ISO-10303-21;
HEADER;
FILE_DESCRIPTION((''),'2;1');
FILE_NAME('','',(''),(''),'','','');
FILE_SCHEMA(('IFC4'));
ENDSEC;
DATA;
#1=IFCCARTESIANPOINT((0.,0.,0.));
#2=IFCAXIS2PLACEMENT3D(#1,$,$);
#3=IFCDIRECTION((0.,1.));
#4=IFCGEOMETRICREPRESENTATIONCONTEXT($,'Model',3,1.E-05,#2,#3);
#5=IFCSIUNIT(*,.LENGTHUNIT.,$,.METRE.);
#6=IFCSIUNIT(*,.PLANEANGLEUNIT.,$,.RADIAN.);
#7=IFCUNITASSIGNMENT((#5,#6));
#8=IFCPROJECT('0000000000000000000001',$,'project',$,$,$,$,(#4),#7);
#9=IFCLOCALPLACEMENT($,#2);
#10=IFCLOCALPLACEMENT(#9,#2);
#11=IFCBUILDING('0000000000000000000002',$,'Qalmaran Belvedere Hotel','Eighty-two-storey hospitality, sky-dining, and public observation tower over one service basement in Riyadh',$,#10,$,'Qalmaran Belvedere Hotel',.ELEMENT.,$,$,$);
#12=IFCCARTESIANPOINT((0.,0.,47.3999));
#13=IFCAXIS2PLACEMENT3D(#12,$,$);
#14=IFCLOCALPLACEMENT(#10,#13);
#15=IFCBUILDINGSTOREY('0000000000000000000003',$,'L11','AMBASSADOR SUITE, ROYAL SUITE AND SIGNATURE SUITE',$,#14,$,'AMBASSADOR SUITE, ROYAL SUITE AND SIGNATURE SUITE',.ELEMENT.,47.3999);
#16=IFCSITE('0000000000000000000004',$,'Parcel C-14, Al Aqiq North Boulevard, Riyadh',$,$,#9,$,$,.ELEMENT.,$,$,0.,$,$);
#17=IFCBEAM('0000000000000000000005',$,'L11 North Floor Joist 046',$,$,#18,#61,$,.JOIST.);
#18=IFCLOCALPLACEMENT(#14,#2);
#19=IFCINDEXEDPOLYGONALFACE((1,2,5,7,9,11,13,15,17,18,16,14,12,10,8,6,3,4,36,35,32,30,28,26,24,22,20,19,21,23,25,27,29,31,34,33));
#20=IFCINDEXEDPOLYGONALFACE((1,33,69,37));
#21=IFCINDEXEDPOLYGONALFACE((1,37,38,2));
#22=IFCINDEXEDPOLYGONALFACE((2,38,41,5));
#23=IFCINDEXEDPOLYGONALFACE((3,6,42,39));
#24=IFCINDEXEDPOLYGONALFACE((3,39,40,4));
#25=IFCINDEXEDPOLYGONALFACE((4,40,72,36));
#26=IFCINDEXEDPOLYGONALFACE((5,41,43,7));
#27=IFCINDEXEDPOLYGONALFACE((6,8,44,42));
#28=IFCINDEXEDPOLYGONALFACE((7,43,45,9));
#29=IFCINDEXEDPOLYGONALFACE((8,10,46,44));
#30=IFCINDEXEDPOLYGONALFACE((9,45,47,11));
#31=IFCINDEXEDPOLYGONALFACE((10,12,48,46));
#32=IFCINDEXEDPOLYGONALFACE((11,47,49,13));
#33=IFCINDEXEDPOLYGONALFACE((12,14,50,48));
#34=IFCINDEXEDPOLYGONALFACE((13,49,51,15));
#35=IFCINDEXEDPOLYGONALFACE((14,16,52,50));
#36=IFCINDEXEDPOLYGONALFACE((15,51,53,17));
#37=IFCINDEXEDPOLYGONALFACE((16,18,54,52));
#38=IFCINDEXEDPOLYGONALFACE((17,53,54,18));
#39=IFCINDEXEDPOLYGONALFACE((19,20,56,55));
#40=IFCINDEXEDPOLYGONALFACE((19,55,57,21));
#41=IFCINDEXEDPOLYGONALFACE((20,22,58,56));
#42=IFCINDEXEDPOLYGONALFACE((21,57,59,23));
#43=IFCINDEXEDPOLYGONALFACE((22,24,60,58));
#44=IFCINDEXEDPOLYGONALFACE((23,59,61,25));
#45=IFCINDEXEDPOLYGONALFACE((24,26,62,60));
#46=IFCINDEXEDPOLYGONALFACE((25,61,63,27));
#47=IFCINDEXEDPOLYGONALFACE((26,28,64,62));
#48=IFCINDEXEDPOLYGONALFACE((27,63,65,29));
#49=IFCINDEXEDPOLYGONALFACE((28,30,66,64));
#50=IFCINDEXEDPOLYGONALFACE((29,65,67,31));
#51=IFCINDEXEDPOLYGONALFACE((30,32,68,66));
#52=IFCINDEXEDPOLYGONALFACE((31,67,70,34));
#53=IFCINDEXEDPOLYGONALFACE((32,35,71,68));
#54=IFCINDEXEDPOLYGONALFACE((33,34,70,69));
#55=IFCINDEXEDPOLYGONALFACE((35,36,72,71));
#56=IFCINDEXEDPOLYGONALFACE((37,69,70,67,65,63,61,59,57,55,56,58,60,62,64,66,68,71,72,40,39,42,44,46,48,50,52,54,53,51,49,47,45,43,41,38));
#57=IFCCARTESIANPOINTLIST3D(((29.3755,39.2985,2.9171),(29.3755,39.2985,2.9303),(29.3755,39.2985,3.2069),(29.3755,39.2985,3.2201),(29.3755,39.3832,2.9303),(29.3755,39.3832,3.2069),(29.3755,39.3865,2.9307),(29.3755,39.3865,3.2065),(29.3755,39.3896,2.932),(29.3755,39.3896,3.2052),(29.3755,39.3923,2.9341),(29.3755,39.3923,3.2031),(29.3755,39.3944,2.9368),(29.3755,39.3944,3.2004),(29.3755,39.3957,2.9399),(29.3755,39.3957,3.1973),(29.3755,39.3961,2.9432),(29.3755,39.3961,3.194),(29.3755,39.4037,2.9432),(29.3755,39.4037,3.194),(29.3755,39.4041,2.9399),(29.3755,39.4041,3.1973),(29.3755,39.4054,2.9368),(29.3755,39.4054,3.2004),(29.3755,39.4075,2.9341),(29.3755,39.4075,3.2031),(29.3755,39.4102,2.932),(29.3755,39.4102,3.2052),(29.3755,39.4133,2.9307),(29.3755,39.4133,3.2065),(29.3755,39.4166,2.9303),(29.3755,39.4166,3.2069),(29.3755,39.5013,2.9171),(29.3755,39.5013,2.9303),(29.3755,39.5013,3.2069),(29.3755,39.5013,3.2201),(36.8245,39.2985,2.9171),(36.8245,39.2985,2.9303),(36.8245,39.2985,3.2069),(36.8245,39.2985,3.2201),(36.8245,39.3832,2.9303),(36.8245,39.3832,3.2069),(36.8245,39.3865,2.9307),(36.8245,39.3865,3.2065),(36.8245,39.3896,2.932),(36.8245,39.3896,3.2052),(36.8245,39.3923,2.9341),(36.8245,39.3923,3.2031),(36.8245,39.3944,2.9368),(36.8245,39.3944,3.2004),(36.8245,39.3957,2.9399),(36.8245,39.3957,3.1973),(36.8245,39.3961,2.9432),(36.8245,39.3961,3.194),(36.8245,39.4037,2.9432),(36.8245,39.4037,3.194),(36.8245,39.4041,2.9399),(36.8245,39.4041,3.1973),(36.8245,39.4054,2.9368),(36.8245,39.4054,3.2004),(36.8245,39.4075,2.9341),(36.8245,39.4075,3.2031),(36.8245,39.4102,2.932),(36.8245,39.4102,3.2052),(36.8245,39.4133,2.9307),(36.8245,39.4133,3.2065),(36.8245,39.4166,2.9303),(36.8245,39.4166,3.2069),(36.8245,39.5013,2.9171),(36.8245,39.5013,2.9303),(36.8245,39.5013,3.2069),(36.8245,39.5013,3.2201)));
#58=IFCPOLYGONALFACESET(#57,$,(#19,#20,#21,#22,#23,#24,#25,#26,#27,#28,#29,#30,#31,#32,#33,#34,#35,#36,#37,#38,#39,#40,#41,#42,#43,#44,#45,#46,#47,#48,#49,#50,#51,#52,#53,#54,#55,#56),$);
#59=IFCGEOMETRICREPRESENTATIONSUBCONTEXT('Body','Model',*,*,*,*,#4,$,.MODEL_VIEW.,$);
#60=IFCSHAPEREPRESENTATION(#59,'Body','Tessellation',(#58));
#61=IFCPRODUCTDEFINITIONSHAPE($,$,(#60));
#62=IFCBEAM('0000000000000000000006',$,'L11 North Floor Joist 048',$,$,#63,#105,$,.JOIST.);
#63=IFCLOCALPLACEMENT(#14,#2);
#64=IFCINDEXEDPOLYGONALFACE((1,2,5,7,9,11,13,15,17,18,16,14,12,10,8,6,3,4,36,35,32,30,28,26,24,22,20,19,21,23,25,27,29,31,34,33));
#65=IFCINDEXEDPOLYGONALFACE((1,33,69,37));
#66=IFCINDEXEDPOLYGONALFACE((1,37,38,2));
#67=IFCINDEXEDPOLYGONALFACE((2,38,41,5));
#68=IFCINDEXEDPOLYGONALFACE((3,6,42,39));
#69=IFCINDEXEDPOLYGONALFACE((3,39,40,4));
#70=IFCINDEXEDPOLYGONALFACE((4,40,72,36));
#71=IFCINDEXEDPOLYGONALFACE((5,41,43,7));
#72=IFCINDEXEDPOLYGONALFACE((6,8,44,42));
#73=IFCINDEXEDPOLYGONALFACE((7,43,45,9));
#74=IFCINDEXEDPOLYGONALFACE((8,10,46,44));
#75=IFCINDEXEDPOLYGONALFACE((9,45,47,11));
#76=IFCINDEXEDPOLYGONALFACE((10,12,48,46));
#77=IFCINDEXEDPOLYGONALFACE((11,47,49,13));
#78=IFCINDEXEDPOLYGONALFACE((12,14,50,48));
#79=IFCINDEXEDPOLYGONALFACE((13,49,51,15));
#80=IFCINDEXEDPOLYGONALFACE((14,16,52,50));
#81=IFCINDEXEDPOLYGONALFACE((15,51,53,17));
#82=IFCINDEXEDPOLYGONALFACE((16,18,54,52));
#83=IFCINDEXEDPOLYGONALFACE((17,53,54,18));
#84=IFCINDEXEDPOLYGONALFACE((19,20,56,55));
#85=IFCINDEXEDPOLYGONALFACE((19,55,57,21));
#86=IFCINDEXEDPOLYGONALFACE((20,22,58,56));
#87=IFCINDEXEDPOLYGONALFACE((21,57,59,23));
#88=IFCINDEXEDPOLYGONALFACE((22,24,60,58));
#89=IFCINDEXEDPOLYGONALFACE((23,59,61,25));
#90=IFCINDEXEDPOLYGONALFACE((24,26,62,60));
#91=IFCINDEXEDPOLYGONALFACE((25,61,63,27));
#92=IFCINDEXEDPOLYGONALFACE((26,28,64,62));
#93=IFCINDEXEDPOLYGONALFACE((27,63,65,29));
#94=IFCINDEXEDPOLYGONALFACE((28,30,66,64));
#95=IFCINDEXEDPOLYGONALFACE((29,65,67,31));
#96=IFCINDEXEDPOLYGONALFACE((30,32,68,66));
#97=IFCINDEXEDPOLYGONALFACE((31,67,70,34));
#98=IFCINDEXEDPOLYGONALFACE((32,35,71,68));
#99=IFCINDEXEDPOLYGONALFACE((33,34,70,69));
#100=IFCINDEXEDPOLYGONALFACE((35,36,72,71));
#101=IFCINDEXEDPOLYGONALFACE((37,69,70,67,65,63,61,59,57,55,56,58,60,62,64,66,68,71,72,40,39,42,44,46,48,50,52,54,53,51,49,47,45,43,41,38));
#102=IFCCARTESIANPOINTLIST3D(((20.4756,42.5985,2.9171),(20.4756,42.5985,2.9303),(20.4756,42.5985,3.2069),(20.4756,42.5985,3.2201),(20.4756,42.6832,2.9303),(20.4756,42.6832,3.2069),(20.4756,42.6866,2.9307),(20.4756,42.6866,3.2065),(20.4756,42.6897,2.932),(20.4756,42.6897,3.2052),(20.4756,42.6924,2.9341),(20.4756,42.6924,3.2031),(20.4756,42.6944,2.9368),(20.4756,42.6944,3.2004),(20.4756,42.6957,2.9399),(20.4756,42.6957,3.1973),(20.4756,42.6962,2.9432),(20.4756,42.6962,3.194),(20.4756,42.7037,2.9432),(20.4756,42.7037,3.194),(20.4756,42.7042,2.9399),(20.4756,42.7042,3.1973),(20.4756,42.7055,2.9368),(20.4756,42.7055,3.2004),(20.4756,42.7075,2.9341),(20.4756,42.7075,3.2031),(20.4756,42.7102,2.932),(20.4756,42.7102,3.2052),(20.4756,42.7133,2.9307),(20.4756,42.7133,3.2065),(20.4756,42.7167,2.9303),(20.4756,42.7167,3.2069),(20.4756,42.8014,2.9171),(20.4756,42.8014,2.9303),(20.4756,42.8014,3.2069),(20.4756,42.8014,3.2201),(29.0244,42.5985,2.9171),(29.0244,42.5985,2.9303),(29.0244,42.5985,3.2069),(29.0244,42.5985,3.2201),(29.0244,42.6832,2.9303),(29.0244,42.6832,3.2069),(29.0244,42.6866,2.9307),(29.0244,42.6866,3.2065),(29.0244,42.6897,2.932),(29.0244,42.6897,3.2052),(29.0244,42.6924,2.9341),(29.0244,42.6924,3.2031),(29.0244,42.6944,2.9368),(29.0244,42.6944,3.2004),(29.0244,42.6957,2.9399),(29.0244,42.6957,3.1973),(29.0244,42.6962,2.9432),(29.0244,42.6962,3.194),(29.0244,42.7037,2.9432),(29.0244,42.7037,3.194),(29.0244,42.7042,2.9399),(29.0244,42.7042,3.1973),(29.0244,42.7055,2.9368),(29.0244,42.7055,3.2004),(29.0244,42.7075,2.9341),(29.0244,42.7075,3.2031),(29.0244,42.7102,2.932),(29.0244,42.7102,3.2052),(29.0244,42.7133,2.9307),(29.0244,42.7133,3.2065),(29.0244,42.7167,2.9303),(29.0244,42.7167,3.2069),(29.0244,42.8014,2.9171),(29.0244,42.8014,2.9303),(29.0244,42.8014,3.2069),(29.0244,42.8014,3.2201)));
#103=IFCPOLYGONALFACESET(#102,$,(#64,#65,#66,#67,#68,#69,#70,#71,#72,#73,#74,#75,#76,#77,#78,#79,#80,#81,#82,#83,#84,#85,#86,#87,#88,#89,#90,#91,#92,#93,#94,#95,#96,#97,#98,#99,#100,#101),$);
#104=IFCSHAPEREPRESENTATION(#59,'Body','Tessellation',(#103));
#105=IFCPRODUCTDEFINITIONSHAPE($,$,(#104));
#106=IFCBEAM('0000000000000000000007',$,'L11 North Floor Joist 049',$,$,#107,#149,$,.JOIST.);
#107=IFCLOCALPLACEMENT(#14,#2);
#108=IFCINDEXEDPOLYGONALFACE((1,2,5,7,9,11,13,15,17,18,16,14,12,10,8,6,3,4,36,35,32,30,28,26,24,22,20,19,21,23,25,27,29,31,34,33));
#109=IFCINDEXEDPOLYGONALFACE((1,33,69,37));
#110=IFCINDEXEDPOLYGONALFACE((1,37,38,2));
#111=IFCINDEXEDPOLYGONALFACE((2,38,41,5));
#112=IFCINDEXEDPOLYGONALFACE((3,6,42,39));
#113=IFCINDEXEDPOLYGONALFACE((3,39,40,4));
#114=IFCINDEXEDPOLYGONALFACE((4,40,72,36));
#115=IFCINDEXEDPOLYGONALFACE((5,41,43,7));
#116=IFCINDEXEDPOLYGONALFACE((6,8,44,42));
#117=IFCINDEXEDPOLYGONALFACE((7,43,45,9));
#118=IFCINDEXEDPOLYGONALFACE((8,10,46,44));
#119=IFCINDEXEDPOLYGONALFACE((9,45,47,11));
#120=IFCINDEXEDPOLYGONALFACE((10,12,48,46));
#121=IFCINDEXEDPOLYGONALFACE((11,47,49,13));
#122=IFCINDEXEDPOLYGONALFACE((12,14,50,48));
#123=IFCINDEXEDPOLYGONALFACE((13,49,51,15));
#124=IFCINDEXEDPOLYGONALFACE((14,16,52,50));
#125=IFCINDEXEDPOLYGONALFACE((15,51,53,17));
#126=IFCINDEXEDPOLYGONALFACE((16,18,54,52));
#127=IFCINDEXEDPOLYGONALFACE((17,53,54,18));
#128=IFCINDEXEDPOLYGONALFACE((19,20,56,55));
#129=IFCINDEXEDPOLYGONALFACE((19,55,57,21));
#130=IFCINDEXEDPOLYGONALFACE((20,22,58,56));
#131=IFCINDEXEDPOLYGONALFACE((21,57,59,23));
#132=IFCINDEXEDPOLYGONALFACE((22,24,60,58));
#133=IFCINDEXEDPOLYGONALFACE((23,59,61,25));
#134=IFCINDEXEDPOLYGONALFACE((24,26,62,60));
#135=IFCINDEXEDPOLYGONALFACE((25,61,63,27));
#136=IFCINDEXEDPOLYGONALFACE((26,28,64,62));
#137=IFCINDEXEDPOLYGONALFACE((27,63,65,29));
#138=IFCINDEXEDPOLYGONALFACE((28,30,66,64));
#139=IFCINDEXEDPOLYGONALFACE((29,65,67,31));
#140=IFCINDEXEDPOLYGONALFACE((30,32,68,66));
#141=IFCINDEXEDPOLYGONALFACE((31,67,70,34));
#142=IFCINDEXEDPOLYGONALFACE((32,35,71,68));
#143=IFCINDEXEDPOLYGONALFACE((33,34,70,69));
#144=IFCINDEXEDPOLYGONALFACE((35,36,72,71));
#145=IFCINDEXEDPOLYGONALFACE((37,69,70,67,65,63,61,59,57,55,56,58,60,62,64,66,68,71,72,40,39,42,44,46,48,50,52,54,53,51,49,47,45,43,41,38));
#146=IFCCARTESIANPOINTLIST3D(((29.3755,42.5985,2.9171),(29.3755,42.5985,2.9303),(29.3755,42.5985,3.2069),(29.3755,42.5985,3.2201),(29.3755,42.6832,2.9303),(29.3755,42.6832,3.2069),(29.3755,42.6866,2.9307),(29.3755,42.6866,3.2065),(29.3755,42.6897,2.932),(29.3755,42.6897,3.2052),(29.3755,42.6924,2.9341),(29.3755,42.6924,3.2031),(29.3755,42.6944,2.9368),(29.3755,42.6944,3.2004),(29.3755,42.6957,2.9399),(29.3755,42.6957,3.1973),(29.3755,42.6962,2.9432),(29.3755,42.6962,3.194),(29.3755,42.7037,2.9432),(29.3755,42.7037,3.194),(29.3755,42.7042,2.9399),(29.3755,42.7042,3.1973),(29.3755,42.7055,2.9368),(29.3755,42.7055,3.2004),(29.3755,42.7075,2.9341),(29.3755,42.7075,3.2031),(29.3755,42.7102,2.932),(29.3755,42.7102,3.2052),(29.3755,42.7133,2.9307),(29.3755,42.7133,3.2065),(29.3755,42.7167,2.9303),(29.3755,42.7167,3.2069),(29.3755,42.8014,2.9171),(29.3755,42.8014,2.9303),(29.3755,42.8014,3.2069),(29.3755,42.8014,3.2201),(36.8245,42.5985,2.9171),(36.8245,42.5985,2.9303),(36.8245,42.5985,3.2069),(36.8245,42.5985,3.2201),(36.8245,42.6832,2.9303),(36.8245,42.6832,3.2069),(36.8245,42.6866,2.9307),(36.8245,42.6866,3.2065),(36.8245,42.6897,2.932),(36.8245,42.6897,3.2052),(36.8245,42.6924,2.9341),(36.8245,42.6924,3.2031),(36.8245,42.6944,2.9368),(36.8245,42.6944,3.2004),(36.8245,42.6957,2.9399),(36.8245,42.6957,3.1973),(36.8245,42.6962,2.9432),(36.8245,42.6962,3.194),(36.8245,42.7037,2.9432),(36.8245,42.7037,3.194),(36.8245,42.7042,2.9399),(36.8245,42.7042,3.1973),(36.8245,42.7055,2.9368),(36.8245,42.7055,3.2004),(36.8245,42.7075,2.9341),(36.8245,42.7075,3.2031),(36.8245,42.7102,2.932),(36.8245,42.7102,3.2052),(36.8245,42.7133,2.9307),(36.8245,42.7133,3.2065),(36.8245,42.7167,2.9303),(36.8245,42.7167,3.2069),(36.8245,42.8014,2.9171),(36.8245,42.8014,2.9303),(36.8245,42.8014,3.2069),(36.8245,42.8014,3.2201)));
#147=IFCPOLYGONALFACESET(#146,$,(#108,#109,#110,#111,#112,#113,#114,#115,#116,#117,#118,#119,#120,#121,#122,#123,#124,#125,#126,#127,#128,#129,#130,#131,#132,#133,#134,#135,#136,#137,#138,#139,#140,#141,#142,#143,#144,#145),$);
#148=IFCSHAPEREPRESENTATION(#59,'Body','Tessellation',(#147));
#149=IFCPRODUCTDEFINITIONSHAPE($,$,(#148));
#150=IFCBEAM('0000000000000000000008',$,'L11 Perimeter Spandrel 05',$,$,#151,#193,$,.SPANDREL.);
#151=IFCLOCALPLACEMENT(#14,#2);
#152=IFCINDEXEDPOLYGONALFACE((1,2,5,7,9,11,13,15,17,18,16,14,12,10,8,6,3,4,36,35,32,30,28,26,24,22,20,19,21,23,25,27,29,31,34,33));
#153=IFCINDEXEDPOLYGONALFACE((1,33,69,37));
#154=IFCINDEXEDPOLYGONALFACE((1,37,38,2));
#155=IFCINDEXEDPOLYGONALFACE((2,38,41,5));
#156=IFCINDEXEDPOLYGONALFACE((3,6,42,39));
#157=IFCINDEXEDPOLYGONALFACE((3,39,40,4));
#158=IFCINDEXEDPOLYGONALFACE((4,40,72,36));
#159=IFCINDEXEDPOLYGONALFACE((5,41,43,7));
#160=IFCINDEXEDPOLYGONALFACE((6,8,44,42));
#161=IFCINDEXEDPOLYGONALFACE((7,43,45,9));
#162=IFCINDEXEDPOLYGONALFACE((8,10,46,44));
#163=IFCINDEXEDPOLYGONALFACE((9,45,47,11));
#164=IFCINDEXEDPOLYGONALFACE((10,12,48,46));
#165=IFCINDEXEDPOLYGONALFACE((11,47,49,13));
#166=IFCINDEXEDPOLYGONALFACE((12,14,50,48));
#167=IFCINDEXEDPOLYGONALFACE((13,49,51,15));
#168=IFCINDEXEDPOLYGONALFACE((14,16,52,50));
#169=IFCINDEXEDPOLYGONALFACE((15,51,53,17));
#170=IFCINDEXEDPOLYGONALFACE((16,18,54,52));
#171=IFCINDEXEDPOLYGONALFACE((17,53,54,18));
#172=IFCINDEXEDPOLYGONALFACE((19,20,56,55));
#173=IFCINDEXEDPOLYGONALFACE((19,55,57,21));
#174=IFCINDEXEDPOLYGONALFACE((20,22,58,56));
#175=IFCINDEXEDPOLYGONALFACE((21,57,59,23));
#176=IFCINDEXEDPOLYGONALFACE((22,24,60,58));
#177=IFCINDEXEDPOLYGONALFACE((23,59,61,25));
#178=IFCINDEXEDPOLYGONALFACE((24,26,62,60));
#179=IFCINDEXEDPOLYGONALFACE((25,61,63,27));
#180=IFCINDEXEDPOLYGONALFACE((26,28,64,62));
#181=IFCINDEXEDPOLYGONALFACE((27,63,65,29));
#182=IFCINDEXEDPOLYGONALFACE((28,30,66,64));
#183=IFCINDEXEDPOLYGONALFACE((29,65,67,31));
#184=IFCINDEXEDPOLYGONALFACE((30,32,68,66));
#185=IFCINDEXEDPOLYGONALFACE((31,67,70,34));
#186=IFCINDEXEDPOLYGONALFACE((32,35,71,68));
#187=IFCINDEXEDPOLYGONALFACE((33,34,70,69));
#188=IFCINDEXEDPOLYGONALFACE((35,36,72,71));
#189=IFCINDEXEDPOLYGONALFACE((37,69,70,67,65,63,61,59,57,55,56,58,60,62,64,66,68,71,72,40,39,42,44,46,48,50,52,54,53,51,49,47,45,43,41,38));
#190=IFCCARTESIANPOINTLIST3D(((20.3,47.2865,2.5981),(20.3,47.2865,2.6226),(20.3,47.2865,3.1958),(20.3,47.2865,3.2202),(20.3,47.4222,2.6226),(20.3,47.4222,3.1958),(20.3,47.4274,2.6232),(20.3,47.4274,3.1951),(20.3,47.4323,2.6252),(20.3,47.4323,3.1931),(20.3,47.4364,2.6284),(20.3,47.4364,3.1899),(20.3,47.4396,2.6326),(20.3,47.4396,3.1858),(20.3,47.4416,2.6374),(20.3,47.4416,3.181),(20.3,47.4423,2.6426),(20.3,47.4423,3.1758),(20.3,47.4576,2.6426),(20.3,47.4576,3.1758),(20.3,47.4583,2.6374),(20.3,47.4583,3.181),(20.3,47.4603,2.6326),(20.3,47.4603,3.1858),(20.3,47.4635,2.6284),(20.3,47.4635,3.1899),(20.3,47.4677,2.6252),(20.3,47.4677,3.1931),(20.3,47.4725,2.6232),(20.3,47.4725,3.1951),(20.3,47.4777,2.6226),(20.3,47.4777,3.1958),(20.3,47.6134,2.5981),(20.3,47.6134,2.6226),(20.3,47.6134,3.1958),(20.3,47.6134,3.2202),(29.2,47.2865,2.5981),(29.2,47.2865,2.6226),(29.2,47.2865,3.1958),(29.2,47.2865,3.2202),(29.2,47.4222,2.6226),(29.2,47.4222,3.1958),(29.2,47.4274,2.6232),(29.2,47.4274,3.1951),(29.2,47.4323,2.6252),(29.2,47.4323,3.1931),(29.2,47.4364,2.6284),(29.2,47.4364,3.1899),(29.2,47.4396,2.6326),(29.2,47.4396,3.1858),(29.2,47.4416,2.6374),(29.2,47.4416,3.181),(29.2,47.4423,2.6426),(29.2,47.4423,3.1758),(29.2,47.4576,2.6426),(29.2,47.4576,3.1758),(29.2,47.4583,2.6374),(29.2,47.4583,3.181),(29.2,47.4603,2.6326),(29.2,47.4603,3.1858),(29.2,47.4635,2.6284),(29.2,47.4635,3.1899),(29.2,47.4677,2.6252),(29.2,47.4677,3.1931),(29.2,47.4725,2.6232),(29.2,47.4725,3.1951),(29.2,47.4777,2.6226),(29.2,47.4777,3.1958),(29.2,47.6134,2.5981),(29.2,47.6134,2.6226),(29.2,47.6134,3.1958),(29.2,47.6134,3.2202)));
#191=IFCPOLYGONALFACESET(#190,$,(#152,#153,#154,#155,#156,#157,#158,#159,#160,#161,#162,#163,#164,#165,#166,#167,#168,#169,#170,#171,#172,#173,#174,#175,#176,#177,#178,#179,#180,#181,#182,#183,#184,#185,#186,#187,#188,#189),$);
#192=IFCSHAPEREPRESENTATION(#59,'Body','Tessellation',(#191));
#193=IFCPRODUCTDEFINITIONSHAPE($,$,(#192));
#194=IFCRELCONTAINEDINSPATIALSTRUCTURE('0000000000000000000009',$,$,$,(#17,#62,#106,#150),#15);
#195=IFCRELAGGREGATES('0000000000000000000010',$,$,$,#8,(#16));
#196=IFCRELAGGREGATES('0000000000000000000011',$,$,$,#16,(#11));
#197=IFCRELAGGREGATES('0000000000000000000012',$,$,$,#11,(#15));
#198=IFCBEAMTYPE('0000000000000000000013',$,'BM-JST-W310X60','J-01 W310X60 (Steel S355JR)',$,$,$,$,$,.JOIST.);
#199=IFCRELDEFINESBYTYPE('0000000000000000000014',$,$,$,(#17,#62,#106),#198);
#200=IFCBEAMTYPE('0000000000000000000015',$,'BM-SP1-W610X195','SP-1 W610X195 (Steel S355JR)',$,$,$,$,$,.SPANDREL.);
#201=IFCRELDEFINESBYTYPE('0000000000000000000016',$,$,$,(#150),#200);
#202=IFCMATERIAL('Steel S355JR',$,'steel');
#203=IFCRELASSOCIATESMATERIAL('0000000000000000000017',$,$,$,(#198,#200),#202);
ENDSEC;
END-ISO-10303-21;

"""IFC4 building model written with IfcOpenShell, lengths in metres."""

from ifc_helpers import new_model, si_unit, direction, frame, origin, origin_2d, place, context, subcontext, project, spatial, i_section, extrude, material, material_profile, profile_set, type_object, element, save


model = new_model("IFC4")

# Units and contexts
model_context = context("Model", 3, precision=1e-05, world=origin(), true_north=direction((0.0, 1.0)))
body_context = subcontext(model_context, "Body", "Model", "MODEL_VIEW")
ifc_project = project(units=[si_unit("LENGTHUNIT", "METRE"), si_unit("PLANEANGLEUNIT", "RADIAN")], contexts=[model_context])

# Site, building, storey
site_placement = place(None, origin())
site = spatial("IfcSite", under=ifc_project, at=site_placement, Name="Parcel C-14, Al Aqiq North Boulevard, Riyadh", CompositionType="ELEMENT", RefElevation=0.0)
building_placement = place(site_placement, origin())
building = spatial("IfcBuilding", under=site, at=building_placement, Name="Qalmaran Belvedere Hotel", Description="Eighty-two-storey hospitality, sky-dining, and public observation tower over one service basement in Riyadh", LongName="Qalmaran Belvedere Hotel", CompositionType="ELEMENT")
storey_placement = place(building_placement, frame((0.0, 0.0, 47.3999)))
storey = spatial("IfcBuildingStorey", under=building, at=storey_placement, Name="L11", Description="AMBASSADOR SUITE, ROYAL SUITE AND SIGNATURE SUITE", LongName="AMBASSADOR SUITE, ROYAL SUITE AND SIGNATURE SUITE", CompositionType="ELEMENT", Elevation=47.3999)

# Beams
ifc_material_1 = material(Name="Steel S355JR", Category="steel")
ifc_material_profile_1 = material_profile(ifc_material_1, i_section(OverallWidth=0.2029, OverallDepth=0.303, WebThickness=0.0076, FlangeThickness=0.0132, FilletRadius=0.0129, at=origin_2d()), Name="W310X60")
ifc_profile_set_1 = profile_set([ifc_material_profile_1], Name="Steel S355JR")
beam_type_1 = type_object("IfcBeamType", Name="BM-JST-W310X60", Description="J-01 W310X60 (Steel S355JR)", PredefinedType="JOIST", material=ifc_profile_set_1)
beam_1_placement = place(storey_placement, frame((29.3755, 39.3999, 3.0686), z_axis=(1.0, 0.0, 0.0), x_axis=(0.0, 1.0, 0.0)))
element("IfcBeam", 1, at=beam_1_placement, inside=storey, type_object=beam_type_1, Name="L11 North Floor Joist 046", PredefinedType="JOIST", context=body_context, shape_type="SweptSolid", body=[
    extrude(i_section(OverallWidth=0.2029, OverallDepth=0.303, WebThickness=0.0076, FlangeThickness=0.0132, FilletRadius=0.0129, at=origin_2d()), origin(), (0.0, 0.0, 1.0), 7.449),
])
beam_2_placement = place(storey_placement, frame((20.4756, 42.7, 3.0686), z_axis=(1.0, 0.0, 0.0), x_axis=(0.0, 1.0, 0.0)))
element("IfcBeam", 2, at=beam_2_placement, inside=storey, type_object=beam_type_1, Name="L11 North Floor Joist 048", PredefinedType="JOIST", context=body_context, shape_type="SweptSolid", body=[
    extrude(i_section(OverallWidth=0.2029, OverallDepth=0.303, WebThickness=0.0076, FlangeThickness=0.0132, FilletRadius=0.0129, at=origin_2d()), origin(), (0.0, 0.0, 1.0), 8.5488),
])
beam_3_placement = place(storey_placement, frame((29.3755, 42.7, 3.0686), z_axis=(1.0, 0.0, 0.0), x_axis=(0.0, 1.0, 0.0)))
element("IfcBeam", 3, at=beam_3_placement, inside=storey, type_object=beam_type_1, Name="L11 North Floor Joist 049", PredefinedType="JOIST", context=body_context, shape_type="SweptSolid", body=[
    extrude(i_section(OverallWidth=0.2029, OverallDepth=0.303, WebThickness=0.0076, FlangeThickness=0.0132, FilletRadius=0.0129, at=origin_2d()), origin(), (0.0, 0.0, 1.0), 7.449),
])
ifc_material_profile_2 = material_profile(ifc_material_1, i_section(OverallWidth=0.3269, OverallDepth=0.6221, WebThickness=0.0154, FlangeThickness=0.0244, FilletRadius=0.02, at=origin_2d()), Name="W610X195")
ifc_profile_set_2 = profile_set([ifc_material_profile_2], Name="Steel S355JR")
beam_type_2 = type_object("IfcBeamType", Name="BM-SP1-W610X195", Description="SP-1 W610X195 (Steel S355JR)", PredefinedType="SPANDREL", material=ifc_profile_set_2)
beam_4_placement = place(storey_placement, frame((20.3, 47.45, 2.9092), z_axis=(1.0, 0.0, 0.0), x_axis=(0.0, 1.0, 0.0)))
element("IfcBeam", 4, at=beam_4_placement, inside=storey, type_object=beam_type_2, Name="L11 Perimeter Spandrel 05", PredefinedType="SPANDREL", context=body_context, shape_type="SweptSolid", body=[
    extrude(i_section(OverallWidth=0.3269, OverallDepth=0.6221, WebThickness=0.0154, FlangeThickness=0.0244, FilletRadius=0.02, at=origin_2d()), origin(), (0.0, 0.0, 1.0), 8.8999),
])

save(model, "model.ifc")
